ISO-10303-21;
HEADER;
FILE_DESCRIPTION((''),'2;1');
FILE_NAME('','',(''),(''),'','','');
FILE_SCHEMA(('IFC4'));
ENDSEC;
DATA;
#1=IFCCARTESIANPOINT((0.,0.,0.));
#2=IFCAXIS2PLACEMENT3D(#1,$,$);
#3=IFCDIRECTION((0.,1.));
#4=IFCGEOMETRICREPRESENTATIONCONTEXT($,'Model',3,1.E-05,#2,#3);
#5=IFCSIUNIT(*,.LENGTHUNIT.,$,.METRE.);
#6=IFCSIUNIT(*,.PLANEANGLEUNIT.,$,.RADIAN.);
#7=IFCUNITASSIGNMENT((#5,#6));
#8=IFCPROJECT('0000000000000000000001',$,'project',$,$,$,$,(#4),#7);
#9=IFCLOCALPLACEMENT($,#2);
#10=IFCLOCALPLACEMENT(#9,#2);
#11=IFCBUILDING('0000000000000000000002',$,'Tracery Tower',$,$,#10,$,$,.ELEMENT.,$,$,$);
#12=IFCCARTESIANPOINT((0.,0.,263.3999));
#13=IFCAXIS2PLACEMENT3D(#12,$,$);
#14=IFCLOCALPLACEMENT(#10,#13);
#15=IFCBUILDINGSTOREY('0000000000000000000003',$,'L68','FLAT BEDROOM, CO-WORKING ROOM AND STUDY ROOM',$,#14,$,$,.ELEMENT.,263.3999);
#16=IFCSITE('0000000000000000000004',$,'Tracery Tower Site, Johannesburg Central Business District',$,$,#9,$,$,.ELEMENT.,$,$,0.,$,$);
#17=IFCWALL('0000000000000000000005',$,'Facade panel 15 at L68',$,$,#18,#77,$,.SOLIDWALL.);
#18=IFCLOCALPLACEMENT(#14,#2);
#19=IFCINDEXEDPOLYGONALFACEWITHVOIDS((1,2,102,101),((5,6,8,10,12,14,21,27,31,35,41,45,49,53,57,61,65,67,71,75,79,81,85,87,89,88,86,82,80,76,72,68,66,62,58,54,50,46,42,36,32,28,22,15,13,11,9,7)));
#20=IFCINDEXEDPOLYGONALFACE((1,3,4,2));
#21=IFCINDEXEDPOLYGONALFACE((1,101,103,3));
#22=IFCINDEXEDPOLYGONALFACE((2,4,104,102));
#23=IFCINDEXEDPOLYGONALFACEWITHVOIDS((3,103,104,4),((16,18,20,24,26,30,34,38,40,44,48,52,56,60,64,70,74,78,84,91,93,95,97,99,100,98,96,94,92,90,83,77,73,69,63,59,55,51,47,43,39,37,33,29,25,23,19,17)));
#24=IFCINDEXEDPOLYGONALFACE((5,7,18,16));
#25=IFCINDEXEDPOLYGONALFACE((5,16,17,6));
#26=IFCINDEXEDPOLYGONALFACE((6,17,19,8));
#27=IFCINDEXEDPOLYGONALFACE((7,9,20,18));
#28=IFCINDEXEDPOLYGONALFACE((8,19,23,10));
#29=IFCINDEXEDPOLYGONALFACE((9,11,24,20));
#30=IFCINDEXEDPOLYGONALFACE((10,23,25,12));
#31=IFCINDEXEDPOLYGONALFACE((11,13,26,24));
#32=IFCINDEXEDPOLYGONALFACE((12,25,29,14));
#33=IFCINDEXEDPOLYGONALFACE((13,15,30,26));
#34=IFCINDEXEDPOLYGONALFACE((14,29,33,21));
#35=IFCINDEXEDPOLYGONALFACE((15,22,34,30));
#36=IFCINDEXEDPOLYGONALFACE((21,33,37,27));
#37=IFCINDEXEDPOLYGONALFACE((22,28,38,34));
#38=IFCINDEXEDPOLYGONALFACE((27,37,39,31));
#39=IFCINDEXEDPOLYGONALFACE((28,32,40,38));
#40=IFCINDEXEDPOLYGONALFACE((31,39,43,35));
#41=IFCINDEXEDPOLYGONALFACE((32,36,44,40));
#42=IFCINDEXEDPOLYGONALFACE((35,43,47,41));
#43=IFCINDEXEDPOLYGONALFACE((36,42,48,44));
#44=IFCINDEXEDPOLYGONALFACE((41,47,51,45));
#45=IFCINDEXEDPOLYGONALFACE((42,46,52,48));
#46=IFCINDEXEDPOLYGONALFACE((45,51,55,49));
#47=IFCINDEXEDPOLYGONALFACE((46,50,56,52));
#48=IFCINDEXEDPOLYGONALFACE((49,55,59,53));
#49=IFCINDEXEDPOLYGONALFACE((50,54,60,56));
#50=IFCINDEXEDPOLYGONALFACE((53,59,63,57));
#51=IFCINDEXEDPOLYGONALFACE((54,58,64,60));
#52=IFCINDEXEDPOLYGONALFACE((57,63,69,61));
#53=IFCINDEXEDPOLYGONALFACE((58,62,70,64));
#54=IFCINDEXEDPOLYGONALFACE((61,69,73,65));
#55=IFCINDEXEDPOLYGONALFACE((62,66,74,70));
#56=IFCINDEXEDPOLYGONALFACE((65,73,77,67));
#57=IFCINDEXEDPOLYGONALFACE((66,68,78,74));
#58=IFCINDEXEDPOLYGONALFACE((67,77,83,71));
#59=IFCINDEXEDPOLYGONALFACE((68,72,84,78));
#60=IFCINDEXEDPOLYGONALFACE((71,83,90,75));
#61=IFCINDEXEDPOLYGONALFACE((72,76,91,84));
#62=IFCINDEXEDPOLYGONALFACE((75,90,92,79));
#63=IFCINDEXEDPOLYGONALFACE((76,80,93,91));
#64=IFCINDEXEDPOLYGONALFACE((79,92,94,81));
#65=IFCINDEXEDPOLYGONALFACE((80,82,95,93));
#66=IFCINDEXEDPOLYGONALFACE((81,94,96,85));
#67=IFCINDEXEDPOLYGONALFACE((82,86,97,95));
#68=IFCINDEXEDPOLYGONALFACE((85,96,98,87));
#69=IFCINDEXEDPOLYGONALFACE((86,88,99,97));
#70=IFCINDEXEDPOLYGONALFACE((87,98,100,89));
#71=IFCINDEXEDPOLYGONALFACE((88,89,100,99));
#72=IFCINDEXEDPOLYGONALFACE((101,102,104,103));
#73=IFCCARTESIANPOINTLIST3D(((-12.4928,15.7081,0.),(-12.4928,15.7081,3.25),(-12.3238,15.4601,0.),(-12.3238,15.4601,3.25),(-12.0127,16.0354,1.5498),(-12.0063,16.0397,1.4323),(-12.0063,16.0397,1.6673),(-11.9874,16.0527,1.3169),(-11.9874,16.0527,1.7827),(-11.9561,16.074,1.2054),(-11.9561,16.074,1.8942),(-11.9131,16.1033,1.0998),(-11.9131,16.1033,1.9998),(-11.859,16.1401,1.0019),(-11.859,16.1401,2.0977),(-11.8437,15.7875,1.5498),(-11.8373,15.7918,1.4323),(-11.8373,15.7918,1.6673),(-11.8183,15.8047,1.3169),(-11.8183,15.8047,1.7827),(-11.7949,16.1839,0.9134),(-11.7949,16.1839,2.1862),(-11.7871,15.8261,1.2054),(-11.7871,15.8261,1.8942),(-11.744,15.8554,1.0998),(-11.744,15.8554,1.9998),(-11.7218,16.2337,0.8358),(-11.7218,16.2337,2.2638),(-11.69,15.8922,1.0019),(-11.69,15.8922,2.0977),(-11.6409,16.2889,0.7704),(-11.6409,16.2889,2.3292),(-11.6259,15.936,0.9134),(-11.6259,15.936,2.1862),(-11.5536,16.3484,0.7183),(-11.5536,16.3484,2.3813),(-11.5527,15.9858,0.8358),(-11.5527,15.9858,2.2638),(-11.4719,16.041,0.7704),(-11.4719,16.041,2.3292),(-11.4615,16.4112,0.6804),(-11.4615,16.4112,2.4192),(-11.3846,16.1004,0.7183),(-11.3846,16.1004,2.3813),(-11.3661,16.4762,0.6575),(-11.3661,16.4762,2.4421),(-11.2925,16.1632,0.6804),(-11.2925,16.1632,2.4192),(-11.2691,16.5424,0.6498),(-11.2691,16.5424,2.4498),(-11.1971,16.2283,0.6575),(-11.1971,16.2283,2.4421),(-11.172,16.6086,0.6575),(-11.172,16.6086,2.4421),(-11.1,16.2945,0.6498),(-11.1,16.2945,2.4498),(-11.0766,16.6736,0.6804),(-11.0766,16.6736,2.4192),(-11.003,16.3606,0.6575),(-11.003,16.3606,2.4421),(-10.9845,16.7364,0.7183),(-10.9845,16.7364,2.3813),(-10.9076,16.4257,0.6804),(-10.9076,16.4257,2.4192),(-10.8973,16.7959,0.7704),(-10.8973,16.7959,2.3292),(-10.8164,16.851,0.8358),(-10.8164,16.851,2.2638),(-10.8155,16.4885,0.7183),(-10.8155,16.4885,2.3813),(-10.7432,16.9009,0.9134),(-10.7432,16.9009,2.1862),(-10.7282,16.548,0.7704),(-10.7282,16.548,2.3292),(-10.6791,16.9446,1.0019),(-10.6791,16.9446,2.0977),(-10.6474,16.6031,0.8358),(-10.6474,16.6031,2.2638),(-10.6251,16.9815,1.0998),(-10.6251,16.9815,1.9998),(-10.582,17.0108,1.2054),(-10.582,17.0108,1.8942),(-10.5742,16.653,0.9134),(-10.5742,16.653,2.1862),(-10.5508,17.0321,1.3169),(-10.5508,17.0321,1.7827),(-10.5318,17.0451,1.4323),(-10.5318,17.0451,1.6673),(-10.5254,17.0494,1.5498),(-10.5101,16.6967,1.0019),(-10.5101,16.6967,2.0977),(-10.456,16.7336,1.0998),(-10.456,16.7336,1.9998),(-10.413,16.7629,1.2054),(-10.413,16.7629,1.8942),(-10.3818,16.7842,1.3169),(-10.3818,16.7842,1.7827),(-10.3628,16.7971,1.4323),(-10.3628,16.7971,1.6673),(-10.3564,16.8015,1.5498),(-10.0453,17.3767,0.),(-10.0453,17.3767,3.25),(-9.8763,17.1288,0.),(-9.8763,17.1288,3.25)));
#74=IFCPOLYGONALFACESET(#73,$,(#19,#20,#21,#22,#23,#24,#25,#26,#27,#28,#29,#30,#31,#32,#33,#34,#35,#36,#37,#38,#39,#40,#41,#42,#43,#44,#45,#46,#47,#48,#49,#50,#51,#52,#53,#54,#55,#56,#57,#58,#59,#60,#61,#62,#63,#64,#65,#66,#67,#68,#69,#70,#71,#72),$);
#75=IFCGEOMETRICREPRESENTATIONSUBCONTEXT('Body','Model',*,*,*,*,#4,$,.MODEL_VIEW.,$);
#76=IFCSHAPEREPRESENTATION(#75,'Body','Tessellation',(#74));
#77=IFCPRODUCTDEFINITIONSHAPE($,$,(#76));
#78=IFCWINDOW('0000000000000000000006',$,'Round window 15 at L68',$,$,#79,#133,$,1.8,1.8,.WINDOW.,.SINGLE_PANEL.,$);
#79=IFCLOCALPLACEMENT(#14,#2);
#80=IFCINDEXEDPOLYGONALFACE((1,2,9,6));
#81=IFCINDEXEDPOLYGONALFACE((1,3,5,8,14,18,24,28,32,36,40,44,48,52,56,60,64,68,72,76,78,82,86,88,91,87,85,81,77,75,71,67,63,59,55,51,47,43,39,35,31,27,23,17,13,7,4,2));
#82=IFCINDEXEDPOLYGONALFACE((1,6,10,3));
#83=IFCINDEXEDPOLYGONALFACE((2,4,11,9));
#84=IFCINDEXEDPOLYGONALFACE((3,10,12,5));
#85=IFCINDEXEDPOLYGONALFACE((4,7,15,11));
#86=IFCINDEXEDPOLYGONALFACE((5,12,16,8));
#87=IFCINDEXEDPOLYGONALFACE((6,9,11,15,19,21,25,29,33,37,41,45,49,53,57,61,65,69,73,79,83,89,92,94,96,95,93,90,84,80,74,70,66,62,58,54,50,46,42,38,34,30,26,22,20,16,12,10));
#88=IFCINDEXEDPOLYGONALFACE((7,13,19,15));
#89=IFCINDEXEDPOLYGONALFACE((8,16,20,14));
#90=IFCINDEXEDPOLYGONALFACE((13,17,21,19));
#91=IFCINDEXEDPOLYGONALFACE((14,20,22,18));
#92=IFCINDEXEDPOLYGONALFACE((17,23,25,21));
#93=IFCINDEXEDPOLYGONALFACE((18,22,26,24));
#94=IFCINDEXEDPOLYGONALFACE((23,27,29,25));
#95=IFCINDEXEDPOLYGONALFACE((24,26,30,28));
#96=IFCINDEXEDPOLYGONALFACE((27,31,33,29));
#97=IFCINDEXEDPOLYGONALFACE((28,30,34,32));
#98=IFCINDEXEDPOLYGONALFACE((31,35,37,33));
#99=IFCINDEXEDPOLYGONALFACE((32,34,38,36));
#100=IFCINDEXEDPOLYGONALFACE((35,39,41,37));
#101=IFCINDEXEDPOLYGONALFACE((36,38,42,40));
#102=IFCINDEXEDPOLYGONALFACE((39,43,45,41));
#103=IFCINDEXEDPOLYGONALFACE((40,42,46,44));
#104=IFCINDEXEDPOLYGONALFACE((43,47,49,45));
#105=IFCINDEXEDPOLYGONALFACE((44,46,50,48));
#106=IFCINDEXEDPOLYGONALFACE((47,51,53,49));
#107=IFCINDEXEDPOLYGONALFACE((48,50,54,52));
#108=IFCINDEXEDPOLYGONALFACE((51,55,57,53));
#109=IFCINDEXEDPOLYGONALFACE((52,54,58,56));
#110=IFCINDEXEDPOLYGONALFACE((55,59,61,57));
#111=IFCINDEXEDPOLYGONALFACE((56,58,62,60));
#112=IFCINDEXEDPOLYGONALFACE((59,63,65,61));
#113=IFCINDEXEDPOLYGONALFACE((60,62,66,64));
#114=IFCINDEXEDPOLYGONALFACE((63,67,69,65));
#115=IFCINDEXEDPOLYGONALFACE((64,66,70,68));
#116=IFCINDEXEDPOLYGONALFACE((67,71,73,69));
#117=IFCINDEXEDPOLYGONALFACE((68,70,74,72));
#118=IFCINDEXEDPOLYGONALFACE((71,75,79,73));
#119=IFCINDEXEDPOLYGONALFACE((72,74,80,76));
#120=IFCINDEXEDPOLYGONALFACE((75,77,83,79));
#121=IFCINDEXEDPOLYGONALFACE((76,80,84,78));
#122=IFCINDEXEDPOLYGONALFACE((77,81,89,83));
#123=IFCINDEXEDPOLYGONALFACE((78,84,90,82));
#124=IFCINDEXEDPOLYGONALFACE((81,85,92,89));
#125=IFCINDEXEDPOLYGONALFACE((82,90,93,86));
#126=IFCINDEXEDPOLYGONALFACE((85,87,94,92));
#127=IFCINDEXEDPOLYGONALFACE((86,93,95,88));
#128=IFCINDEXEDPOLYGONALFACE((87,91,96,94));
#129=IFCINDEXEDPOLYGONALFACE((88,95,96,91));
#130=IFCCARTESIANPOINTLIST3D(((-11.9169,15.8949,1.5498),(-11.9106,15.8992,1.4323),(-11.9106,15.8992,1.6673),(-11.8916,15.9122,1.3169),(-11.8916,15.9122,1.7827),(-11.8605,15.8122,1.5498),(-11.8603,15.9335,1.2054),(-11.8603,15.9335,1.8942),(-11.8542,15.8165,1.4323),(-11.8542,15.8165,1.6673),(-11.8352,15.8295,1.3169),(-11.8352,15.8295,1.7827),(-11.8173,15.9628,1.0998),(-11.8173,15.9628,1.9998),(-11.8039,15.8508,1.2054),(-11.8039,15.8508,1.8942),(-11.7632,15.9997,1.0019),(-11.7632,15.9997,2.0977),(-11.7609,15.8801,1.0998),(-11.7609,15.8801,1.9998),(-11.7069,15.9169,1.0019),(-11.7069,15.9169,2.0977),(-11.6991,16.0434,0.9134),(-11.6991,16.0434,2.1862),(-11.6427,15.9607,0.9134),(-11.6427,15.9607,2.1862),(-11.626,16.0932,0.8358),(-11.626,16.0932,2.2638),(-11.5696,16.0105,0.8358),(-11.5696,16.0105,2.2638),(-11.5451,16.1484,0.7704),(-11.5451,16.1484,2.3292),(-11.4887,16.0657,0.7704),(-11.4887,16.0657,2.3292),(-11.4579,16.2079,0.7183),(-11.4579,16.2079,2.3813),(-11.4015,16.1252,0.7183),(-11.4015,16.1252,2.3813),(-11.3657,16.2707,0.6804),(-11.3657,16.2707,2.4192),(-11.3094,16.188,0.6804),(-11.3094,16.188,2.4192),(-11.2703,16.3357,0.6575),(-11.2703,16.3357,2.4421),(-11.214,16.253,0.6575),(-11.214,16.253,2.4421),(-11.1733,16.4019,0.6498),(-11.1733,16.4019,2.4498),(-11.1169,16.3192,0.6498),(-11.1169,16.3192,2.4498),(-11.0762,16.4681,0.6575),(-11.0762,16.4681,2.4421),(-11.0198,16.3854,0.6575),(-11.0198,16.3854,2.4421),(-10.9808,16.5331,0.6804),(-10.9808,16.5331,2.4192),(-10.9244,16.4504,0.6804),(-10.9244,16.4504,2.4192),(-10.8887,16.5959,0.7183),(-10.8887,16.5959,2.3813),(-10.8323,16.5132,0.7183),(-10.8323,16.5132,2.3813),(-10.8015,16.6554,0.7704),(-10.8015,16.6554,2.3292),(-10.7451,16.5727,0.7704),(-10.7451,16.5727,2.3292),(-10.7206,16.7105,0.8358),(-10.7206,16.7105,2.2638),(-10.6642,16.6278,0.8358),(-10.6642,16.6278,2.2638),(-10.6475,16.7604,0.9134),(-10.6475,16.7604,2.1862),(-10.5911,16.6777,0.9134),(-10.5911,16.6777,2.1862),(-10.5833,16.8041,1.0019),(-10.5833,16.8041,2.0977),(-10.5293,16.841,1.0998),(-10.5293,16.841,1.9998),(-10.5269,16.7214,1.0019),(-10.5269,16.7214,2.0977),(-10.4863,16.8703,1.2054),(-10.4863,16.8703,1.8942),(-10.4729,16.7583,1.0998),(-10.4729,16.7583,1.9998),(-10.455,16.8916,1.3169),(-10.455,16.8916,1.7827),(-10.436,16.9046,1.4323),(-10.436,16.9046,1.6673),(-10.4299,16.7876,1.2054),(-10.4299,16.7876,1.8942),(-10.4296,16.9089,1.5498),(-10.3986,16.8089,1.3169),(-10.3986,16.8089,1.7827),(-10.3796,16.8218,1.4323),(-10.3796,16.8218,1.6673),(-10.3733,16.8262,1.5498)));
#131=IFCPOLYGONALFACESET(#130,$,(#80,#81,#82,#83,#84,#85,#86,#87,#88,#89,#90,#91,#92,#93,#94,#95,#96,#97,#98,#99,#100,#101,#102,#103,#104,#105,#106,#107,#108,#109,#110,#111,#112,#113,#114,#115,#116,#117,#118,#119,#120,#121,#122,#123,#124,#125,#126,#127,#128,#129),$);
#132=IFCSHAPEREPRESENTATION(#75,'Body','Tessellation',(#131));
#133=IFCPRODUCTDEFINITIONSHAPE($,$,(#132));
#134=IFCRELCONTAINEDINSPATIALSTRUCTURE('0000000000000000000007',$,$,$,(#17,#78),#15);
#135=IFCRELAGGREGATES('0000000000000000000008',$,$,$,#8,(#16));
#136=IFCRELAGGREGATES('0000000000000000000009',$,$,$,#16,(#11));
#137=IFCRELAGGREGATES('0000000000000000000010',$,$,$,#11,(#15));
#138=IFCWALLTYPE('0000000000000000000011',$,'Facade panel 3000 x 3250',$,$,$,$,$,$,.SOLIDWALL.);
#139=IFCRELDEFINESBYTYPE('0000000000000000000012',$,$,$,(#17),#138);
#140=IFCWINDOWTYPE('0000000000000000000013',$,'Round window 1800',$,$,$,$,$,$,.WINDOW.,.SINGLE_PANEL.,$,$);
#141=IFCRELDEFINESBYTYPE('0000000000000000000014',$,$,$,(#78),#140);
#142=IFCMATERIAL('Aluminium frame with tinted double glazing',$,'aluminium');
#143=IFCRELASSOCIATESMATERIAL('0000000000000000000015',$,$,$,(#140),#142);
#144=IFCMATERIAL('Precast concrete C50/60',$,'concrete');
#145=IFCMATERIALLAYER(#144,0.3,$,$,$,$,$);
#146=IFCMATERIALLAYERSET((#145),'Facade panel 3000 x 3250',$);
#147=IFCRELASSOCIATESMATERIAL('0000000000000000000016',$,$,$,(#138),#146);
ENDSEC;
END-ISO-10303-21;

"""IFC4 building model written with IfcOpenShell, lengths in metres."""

from ifc_helpers import new_model, si_unit, direction, frame, frame_2d, origin, origin_2d, place, context, subcontext, project, spatial, rectangle, circle, extrude, material, layer, layer_set, type_object, element, fill, save


model = new_model("IFC4")

# Units and contexts
model_context = context("Model", 3, precision=1e-05, world=origin(), true_north=direction((0.0, 1.0)))
body_context = subcontext(model_context, "Body", "Model", "MODEL_VIEW")
ifc_project = project(units=[si_unit("LENGTHUNIT", "METRE"), si_unit("PLANEANGLEUNIT", "RADIAN")], contexts=[model_context])

# Site, building, storey
site_placement = place(None, origin())
site = spatial("IfcSite", under=ifc_project, at=site_placement, Name="Tracery Tower Site, Johannesburg Central Business District", CompositionType="ELEMENT", RefElevation=0.0)
building_placement = place(site_placement, origin())
building = spatial("IfcBuilding", under=site, at=building_placement, Name="Tracery Tower", CompositionType="ELEMENT")
storey_placement = place(building_placement, frame((0.0, 0.0, 263.3999)))
storey = spatial("IfcBuildingStorey", under=building, at=storey_placement, Name="L68", Description="FLAT BEDROOM, CO-WORKING ROOM AND STUDY ROOM", CompositionType="ELEMENT", Elevation=263.3999)

# Wall, opening, window
ifc_material_1 = material(Name="Aluminium frame with tinted double glazing", Category="aluminium")
window_type = type_object("IfcWindowType", Name="Round window 1800", PartitioningType="SINGLE_PANEL", PredefinedType="WINDOW", material=ifc_material_1)
ifc_material_2 = material(Name="Precast concrete C50/60", Category="concrete")
ifc_layer_1 = layer(ifc_material_2, 0.3)
ifc_layer_set_1 = layer_set([ifc_layer_1], Name="Facade panel 3000 x 3250")
wall_type_1 = type_object("IfcWallType", Name="Facade panel 3000 x 3250", PredefinedType="SOLIDWALL", material=ifc_layer_set_1)
wall_1_placement = place(storey_placement, frame((-9.9609, 17.2527, 0.0), z_axis=(0.0, 0.0, 1.0), x_axis=(-0.826236, -0.563324, 0.0)))
wall_1 = element("IfcWall", 1, at=wall_1_placement, inside=storey, type_object=wall_type_1, Name="Facade panel 15 at L68", PredefinedType="SOLIDWALL", context=body_context, shape_type="SweptSolid", body=[
    extrude(rectangle(XDim=2.9622, YDim=0.3, at=frame_2d((1.481, 0.0))), origin(), (0.0, 0.0, 1.0), 3.25),
])
opening_1_placement = place(wall_1_placement, frame((1.481, 0.0, 1.5498)))
opening_1 = element("IfcOpeningElement", 2, at=opening_1_placement, cuts=wall_1, PredefinedType="OPENING", context=body_context, shape_type="SweptSolid", body=[
    extrude(circle(Radius=0.9, at=origin_2d()), frame((0.0, 0.1599, 0.0), z_axis=(0.0, -1.0, 0.0), x_axis=(1.0, 0.0, 0.0)), (0.0, 0.0, 1.0), 0.3201),
])
window_1_placement = place(opening_1_placement, origin())
window_1 = element("IfcWindow", 3, at=window_1_placement, inside=storey, type_object=window_type, Name="Round window 15 at L68", OverallHeight=1.8, OverallWidth=1.8, PartitioningType="SINGLE_PANEL", PredefinedType="WINDOW", context=body_context, shape_type="SweptSolid", body=[
    extrude(circle(Radius=0.9, at=origin_2d()), frame((0.0, 0.1201, 0.0), z_axis=(0.0, -1.0, 0.0), x_axis=(1.0, 0.0, 0.0)), (0.0, 0.0, 1.0), 0.1001),
])
fill(opening_1, window_1)

save(model, "model.ifc")
